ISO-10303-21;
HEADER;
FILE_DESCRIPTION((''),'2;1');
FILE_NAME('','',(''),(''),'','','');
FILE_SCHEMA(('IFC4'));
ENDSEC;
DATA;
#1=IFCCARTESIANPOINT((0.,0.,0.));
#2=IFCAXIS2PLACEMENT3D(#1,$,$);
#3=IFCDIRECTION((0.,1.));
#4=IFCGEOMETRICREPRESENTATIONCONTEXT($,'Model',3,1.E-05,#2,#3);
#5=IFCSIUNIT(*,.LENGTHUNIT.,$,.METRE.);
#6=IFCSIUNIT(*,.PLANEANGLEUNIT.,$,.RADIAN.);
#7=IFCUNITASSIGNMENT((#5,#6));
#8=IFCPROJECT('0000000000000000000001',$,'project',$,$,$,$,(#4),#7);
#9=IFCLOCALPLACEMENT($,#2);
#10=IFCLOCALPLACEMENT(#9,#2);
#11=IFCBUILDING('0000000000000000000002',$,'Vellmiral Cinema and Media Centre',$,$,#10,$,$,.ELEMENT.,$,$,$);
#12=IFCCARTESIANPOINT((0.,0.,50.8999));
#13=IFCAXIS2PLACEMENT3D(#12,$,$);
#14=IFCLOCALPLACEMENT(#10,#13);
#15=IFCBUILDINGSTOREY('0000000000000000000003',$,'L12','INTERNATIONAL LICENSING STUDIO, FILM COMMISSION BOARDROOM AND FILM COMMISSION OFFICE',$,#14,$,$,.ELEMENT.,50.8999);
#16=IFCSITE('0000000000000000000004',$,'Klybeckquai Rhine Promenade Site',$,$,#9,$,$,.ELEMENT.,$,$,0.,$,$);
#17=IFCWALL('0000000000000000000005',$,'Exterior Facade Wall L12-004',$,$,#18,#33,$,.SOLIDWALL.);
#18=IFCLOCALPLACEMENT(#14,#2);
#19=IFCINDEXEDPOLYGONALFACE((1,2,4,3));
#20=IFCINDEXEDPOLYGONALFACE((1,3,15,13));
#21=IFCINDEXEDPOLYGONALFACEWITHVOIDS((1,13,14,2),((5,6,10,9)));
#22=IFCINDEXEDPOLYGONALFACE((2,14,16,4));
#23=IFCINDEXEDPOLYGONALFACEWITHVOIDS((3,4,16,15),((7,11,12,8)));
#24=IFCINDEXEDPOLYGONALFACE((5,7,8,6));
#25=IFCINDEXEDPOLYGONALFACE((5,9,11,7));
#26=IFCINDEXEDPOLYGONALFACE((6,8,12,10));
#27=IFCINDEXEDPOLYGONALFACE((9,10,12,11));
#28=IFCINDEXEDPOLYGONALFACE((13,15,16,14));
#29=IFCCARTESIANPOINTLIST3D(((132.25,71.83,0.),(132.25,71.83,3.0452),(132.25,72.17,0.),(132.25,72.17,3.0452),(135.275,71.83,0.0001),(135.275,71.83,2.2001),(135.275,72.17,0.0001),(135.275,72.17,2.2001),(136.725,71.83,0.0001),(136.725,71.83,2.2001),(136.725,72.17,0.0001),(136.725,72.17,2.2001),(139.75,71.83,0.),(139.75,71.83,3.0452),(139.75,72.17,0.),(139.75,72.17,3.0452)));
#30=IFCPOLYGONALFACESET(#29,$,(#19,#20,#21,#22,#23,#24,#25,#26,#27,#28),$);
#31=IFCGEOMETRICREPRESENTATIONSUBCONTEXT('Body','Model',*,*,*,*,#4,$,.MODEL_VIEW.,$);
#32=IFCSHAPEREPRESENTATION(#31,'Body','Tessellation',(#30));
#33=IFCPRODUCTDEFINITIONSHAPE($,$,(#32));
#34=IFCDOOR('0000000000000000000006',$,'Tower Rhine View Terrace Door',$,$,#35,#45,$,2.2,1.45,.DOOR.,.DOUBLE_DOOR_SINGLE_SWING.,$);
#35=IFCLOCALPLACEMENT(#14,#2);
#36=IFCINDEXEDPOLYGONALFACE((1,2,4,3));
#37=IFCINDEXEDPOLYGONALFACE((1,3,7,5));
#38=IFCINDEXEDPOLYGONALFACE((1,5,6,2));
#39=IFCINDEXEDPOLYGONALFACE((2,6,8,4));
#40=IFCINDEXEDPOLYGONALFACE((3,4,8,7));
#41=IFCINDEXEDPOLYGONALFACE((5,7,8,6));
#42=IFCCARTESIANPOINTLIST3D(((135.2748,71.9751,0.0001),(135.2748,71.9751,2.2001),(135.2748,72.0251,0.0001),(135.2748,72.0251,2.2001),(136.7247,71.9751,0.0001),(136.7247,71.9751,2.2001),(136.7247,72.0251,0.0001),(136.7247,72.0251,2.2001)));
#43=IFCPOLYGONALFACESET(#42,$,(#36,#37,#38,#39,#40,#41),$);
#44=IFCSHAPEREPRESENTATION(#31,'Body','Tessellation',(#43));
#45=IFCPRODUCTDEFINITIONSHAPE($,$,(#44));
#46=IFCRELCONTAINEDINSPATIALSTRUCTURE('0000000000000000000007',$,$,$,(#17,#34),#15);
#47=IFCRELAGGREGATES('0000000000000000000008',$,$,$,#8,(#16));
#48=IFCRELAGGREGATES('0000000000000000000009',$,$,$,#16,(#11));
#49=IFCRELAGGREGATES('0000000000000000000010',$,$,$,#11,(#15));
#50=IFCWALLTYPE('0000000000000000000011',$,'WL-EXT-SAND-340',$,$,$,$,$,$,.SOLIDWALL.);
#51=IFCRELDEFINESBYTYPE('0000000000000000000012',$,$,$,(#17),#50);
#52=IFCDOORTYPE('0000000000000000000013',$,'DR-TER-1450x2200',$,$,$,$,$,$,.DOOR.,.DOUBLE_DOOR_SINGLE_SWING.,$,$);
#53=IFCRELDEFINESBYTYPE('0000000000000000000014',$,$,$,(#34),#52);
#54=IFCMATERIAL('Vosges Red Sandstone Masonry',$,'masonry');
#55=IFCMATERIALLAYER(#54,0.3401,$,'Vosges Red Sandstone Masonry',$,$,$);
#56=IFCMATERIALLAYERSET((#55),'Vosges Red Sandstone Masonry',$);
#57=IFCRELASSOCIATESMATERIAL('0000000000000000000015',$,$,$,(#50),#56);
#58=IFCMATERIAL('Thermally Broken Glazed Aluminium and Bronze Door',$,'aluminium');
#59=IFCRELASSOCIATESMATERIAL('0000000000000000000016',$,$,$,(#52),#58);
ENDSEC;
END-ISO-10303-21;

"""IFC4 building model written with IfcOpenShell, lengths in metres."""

from ifc_helpers import new_model, si_unit, direction, frame, frame_2d, origin, place, context, subcontext, project, spatial, rectangle, extrude, material, layer, layer_set, type_object, element, fill, save


model = new_model("IFC4")

# Units and contexts
model_context = context("Model", 3, precision=1e-05, world=origin(), true_north=direction((0.0, 1.0)))
body_context = subcontext(model_context, "Body", "Model", "MODEL_VIEW")
ifc_project = project(units=[si_unit("LENGTHUNIT", "METRE"), si_unit("PLANEANGLEUNIT", "RADIAN")], contexts=[model_context])

# Site, building, storey
site_placement = place(None, origin())
site = spatial("IfcSite", under=ifc_project, at=site_placement, Name="Klybeckquai Rhine Promenade Site", CompositionType="ELEMENT", RefElevation=0.0)
building_placement = place(site_placement, origin())
building = spatial("IfcBuilding", under=site, at=building_placement, Name="Vellmiral Cinema and Media Centre", CompositionType="ELEMENT")
storey_placement = place(building_placement, frame((0.0, 0.0, 50.8999)))
storey = spatial("IfcBuildingStorey", under=building, at=storey_placement, Name="L12", Description="INTERNATIONAL LICENSING STUDIO, FILM COMMISSION BOARDROOM AND FILM COMMISSION OFFICE", CompositionType="ELEMENT", Elevation=50.8999)

# Wall, opening, door
ifc_material_1 = material(Name="Vosges Red Sandstone Masonry", Category="masonry")
ifc_layer_1 = layer(ifc_material_1, 0.3401, Name="Vosges Red Sandstone Masonry")
ifc_layer_set_1 = layer_set([ifc_layer_1], Name="Vosges Red Sandstone Masonry")
wall_type = type_object("IfcWallType", Name="WL-EXT-SAND-340", PredefinedType="SOLIDWALL", material=ifc_layer_set_1)
wall_placement = place(storey_placement, frame((132.25, 72.0, 0.0), z_axis=(0.0, 0.0, 1.0), x_axis=(1.0, 0.0, 0.0)))
wall = element("IfcWall", 1, at=wall_placement, inside=storey, type_object=wall_type, Name="Exterior Facade Wall L12-004", PredefinedType="SOLIDWALL", context=body_context, shape_type="SweptSolid", body=[
    extrude(rectangle(XDim=7.5, YDim=0.3401, at=frame_2d((3.75, 0.0))), origin(), (0.0, 0.0, 1.0), 3.0452),
])
opening_placement = place(wall_placement, frame((3.0249, 0.0, 0.0)))
opening = element("IfcOpeningElement", 2, at=opening_placement, cuts=wall, PredefinedType="OPENING", context=body_context, shape_type="SweptSolid", body=[
    extrude(rectangle(XDim=1.45, YDim=2.2, at=frame_2d((0.7251, 1.1001))), frame((0.0, 0.1821, 0.0), z_axis=(0.0, -1.0, 0.0), x_axis=(1.0, 0.0, 0.0)), (0.0, 0.0, 1.0), 0.364),
])
ifc_material_2 = material(Name="Thermally Broken Glazed Aluminium and Bronze Door", Category="aluminium")
door_type = type_object("IfcDoorType", Name="DR-TER-1450x2200", OperationType="DOUBLE_DOOR_SINGLE_SWING", PredefinedType="DOOR", material=ifc_material_2)
door_placement = place(opening_placement, frame((1.45, 0.0, 0.0), z_axis=(0.0, 0.0, 1.0), x_axis=(-1.0, 0.0, 0.0)))
door = element("IfcDoor", 3, at=door_placement, inside=storey, type_object=door_type, Name="Tower Rhine View Terrace Door", OperationType="DOUBLE_DOOR_SINGLE_SWING", OverallHeight=2.2, OverallWidth=1.45, PredefinedType="DOOR", context=body_context, shape_type="SweptSolid", body=[
    extrude(rectangle(XDim=1.45, YDim=2.2, at=frame_2d((0.7251, 1.1001))), frame((0.0, 0.0249, 0.0), z_axis=(0.0, -1.0, 0.0), x_axis=(1.0, 0.0, 0.0)), (0.0, 0.0, 1.0), 0.05),
])
fill(opening, door)

save(model, "model.ifc")
